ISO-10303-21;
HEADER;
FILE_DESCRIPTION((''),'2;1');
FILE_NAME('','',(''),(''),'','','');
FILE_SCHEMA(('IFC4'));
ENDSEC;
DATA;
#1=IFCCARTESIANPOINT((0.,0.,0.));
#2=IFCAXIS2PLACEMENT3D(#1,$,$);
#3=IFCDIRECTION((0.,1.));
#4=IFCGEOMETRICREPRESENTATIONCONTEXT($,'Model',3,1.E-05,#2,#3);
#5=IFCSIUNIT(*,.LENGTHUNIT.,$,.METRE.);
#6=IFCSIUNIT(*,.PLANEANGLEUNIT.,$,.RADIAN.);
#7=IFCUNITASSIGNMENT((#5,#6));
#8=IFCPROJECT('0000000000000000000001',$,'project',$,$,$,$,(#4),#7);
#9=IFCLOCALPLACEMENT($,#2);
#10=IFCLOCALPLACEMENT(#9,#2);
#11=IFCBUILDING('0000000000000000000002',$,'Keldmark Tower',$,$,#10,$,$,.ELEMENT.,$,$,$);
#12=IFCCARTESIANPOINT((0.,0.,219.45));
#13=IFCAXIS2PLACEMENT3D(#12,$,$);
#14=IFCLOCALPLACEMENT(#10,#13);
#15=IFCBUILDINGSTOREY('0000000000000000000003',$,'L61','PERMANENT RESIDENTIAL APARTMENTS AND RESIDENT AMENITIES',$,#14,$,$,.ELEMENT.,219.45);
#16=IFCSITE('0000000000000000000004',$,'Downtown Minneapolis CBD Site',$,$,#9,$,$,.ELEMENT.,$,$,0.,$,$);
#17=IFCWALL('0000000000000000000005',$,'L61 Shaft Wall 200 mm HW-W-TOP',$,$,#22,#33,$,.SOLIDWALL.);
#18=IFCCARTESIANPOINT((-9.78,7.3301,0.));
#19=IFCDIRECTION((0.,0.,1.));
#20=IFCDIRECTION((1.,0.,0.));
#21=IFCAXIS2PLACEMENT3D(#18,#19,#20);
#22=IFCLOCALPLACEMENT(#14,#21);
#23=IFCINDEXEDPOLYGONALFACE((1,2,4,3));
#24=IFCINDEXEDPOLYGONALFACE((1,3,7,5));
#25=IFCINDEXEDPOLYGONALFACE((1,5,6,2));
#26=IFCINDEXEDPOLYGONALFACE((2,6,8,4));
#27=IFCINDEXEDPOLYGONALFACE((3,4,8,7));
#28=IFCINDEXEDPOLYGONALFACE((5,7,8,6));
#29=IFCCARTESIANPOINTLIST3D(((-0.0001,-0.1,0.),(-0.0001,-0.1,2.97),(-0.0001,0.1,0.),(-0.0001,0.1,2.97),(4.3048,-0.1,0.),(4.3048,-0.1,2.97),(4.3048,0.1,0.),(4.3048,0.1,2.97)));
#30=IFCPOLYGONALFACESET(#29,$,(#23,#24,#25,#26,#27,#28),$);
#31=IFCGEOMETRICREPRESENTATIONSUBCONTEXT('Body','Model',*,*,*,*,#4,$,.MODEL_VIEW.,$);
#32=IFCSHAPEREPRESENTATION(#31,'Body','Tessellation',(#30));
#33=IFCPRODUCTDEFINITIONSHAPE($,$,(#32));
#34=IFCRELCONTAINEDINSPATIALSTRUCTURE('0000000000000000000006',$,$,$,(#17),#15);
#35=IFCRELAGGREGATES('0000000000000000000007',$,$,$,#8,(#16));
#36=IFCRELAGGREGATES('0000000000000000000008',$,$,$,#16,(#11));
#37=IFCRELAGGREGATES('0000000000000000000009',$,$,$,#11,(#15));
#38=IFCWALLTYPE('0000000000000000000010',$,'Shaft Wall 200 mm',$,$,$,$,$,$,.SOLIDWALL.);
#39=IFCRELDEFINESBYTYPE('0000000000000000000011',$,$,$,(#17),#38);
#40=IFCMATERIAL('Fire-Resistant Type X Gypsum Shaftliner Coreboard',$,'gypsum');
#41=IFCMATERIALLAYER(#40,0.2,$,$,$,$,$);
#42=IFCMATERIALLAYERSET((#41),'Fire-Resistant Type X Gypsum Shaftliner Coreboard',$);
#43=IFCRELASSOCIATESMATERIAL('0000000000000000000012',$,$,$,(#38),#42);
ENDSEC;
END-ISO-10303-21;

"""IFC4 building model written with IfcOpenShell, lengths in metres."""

from ifc_helpers import new_model, si_unit, direction, frame, frame_2d, origin, place, context, subcontext, project, spatial, rectangle, extrude, material, layer, layer_set, type_object, element, save


model = new_model("IFC4")

# Units and contexts
model_context = context("Model", 3, precision=1e-05, world=origin(), true_north=direction((0.0, 1.0)))
body_context = subcontext(model_context, "Body", "Model", "MODEL_VIEW")
ifc_project = project(units=[si_unit("LENGTHUNIT", "METRE"), si_unit("PLANEANGLEUNIT", "RADIAN")], contexts=[model_context])

# Site, building, storey
site_placement = place(None, origin())
site = spatial("IfcSite", under=ifc_project, at=site_placement, Name="Downtown Minneapolis CBD Site", CompositionType="ELEMENT", RefElevation=0.0)
building_placement = place(site_placement, origin())
building = spatial("IfcBuilding", under=site, at=building_placement, Name="Keldmark Tower", CompositionType="ELEMENT")
storey_placement = place(building_placement, frame((0.0, 0.0, 219.45)))
storey = spatial("IfcBuildingStorey", under=building, at=storey_placement, Name="L61", Description="PERMANENT RESIDENTIAL APARTMENTS AND RESIDENT AMENITIES", CompositionType="ELEMENT", Elevation=219.45)

# Shared definitions
ifc_material_1 = material(Name="Fire-Resistant Type X Gypsum Shaftliner Coreboard", Category="gypsum")
ifc_layer_1 = layer(ifc_material_1, 0.2)
ifc_layer_set_1 = layer_set([ifc_layer_1], Name="Fire-Resistant Type X Gypsum Shaftliner Coreboard")
wall_type_1 = type_object("IfcWallType", Name="Shaft Wall 200 mm", PredefinedType="SOLIDWALL", material=ifc_layer_set_1)

# Wall
wall_1_placement = place(storey_placement, frame((-9.78, 7.3301, 0.0), z_axis=(0.0, 0.0, 1.0), x_axis=(1.0, 0.0, 0.0)))
element("IfcWall", 1, at=wall_1_placement, inside=storey, type_object=wall_type_1, Name="L61 Shaft Wall 200 mm HW-W-TOP", PredefinedType="SOLIDWALL", context=body_context, shape_type="SweptSolid", body=[
    extrude(rectangle(XDim=4.3049, YDim=0.2, at=frame_2d((2.1523, 0.0))), origin(), (0.0, 0.0, 1.0), 2.97),
])

save(model, "model.ifc")
